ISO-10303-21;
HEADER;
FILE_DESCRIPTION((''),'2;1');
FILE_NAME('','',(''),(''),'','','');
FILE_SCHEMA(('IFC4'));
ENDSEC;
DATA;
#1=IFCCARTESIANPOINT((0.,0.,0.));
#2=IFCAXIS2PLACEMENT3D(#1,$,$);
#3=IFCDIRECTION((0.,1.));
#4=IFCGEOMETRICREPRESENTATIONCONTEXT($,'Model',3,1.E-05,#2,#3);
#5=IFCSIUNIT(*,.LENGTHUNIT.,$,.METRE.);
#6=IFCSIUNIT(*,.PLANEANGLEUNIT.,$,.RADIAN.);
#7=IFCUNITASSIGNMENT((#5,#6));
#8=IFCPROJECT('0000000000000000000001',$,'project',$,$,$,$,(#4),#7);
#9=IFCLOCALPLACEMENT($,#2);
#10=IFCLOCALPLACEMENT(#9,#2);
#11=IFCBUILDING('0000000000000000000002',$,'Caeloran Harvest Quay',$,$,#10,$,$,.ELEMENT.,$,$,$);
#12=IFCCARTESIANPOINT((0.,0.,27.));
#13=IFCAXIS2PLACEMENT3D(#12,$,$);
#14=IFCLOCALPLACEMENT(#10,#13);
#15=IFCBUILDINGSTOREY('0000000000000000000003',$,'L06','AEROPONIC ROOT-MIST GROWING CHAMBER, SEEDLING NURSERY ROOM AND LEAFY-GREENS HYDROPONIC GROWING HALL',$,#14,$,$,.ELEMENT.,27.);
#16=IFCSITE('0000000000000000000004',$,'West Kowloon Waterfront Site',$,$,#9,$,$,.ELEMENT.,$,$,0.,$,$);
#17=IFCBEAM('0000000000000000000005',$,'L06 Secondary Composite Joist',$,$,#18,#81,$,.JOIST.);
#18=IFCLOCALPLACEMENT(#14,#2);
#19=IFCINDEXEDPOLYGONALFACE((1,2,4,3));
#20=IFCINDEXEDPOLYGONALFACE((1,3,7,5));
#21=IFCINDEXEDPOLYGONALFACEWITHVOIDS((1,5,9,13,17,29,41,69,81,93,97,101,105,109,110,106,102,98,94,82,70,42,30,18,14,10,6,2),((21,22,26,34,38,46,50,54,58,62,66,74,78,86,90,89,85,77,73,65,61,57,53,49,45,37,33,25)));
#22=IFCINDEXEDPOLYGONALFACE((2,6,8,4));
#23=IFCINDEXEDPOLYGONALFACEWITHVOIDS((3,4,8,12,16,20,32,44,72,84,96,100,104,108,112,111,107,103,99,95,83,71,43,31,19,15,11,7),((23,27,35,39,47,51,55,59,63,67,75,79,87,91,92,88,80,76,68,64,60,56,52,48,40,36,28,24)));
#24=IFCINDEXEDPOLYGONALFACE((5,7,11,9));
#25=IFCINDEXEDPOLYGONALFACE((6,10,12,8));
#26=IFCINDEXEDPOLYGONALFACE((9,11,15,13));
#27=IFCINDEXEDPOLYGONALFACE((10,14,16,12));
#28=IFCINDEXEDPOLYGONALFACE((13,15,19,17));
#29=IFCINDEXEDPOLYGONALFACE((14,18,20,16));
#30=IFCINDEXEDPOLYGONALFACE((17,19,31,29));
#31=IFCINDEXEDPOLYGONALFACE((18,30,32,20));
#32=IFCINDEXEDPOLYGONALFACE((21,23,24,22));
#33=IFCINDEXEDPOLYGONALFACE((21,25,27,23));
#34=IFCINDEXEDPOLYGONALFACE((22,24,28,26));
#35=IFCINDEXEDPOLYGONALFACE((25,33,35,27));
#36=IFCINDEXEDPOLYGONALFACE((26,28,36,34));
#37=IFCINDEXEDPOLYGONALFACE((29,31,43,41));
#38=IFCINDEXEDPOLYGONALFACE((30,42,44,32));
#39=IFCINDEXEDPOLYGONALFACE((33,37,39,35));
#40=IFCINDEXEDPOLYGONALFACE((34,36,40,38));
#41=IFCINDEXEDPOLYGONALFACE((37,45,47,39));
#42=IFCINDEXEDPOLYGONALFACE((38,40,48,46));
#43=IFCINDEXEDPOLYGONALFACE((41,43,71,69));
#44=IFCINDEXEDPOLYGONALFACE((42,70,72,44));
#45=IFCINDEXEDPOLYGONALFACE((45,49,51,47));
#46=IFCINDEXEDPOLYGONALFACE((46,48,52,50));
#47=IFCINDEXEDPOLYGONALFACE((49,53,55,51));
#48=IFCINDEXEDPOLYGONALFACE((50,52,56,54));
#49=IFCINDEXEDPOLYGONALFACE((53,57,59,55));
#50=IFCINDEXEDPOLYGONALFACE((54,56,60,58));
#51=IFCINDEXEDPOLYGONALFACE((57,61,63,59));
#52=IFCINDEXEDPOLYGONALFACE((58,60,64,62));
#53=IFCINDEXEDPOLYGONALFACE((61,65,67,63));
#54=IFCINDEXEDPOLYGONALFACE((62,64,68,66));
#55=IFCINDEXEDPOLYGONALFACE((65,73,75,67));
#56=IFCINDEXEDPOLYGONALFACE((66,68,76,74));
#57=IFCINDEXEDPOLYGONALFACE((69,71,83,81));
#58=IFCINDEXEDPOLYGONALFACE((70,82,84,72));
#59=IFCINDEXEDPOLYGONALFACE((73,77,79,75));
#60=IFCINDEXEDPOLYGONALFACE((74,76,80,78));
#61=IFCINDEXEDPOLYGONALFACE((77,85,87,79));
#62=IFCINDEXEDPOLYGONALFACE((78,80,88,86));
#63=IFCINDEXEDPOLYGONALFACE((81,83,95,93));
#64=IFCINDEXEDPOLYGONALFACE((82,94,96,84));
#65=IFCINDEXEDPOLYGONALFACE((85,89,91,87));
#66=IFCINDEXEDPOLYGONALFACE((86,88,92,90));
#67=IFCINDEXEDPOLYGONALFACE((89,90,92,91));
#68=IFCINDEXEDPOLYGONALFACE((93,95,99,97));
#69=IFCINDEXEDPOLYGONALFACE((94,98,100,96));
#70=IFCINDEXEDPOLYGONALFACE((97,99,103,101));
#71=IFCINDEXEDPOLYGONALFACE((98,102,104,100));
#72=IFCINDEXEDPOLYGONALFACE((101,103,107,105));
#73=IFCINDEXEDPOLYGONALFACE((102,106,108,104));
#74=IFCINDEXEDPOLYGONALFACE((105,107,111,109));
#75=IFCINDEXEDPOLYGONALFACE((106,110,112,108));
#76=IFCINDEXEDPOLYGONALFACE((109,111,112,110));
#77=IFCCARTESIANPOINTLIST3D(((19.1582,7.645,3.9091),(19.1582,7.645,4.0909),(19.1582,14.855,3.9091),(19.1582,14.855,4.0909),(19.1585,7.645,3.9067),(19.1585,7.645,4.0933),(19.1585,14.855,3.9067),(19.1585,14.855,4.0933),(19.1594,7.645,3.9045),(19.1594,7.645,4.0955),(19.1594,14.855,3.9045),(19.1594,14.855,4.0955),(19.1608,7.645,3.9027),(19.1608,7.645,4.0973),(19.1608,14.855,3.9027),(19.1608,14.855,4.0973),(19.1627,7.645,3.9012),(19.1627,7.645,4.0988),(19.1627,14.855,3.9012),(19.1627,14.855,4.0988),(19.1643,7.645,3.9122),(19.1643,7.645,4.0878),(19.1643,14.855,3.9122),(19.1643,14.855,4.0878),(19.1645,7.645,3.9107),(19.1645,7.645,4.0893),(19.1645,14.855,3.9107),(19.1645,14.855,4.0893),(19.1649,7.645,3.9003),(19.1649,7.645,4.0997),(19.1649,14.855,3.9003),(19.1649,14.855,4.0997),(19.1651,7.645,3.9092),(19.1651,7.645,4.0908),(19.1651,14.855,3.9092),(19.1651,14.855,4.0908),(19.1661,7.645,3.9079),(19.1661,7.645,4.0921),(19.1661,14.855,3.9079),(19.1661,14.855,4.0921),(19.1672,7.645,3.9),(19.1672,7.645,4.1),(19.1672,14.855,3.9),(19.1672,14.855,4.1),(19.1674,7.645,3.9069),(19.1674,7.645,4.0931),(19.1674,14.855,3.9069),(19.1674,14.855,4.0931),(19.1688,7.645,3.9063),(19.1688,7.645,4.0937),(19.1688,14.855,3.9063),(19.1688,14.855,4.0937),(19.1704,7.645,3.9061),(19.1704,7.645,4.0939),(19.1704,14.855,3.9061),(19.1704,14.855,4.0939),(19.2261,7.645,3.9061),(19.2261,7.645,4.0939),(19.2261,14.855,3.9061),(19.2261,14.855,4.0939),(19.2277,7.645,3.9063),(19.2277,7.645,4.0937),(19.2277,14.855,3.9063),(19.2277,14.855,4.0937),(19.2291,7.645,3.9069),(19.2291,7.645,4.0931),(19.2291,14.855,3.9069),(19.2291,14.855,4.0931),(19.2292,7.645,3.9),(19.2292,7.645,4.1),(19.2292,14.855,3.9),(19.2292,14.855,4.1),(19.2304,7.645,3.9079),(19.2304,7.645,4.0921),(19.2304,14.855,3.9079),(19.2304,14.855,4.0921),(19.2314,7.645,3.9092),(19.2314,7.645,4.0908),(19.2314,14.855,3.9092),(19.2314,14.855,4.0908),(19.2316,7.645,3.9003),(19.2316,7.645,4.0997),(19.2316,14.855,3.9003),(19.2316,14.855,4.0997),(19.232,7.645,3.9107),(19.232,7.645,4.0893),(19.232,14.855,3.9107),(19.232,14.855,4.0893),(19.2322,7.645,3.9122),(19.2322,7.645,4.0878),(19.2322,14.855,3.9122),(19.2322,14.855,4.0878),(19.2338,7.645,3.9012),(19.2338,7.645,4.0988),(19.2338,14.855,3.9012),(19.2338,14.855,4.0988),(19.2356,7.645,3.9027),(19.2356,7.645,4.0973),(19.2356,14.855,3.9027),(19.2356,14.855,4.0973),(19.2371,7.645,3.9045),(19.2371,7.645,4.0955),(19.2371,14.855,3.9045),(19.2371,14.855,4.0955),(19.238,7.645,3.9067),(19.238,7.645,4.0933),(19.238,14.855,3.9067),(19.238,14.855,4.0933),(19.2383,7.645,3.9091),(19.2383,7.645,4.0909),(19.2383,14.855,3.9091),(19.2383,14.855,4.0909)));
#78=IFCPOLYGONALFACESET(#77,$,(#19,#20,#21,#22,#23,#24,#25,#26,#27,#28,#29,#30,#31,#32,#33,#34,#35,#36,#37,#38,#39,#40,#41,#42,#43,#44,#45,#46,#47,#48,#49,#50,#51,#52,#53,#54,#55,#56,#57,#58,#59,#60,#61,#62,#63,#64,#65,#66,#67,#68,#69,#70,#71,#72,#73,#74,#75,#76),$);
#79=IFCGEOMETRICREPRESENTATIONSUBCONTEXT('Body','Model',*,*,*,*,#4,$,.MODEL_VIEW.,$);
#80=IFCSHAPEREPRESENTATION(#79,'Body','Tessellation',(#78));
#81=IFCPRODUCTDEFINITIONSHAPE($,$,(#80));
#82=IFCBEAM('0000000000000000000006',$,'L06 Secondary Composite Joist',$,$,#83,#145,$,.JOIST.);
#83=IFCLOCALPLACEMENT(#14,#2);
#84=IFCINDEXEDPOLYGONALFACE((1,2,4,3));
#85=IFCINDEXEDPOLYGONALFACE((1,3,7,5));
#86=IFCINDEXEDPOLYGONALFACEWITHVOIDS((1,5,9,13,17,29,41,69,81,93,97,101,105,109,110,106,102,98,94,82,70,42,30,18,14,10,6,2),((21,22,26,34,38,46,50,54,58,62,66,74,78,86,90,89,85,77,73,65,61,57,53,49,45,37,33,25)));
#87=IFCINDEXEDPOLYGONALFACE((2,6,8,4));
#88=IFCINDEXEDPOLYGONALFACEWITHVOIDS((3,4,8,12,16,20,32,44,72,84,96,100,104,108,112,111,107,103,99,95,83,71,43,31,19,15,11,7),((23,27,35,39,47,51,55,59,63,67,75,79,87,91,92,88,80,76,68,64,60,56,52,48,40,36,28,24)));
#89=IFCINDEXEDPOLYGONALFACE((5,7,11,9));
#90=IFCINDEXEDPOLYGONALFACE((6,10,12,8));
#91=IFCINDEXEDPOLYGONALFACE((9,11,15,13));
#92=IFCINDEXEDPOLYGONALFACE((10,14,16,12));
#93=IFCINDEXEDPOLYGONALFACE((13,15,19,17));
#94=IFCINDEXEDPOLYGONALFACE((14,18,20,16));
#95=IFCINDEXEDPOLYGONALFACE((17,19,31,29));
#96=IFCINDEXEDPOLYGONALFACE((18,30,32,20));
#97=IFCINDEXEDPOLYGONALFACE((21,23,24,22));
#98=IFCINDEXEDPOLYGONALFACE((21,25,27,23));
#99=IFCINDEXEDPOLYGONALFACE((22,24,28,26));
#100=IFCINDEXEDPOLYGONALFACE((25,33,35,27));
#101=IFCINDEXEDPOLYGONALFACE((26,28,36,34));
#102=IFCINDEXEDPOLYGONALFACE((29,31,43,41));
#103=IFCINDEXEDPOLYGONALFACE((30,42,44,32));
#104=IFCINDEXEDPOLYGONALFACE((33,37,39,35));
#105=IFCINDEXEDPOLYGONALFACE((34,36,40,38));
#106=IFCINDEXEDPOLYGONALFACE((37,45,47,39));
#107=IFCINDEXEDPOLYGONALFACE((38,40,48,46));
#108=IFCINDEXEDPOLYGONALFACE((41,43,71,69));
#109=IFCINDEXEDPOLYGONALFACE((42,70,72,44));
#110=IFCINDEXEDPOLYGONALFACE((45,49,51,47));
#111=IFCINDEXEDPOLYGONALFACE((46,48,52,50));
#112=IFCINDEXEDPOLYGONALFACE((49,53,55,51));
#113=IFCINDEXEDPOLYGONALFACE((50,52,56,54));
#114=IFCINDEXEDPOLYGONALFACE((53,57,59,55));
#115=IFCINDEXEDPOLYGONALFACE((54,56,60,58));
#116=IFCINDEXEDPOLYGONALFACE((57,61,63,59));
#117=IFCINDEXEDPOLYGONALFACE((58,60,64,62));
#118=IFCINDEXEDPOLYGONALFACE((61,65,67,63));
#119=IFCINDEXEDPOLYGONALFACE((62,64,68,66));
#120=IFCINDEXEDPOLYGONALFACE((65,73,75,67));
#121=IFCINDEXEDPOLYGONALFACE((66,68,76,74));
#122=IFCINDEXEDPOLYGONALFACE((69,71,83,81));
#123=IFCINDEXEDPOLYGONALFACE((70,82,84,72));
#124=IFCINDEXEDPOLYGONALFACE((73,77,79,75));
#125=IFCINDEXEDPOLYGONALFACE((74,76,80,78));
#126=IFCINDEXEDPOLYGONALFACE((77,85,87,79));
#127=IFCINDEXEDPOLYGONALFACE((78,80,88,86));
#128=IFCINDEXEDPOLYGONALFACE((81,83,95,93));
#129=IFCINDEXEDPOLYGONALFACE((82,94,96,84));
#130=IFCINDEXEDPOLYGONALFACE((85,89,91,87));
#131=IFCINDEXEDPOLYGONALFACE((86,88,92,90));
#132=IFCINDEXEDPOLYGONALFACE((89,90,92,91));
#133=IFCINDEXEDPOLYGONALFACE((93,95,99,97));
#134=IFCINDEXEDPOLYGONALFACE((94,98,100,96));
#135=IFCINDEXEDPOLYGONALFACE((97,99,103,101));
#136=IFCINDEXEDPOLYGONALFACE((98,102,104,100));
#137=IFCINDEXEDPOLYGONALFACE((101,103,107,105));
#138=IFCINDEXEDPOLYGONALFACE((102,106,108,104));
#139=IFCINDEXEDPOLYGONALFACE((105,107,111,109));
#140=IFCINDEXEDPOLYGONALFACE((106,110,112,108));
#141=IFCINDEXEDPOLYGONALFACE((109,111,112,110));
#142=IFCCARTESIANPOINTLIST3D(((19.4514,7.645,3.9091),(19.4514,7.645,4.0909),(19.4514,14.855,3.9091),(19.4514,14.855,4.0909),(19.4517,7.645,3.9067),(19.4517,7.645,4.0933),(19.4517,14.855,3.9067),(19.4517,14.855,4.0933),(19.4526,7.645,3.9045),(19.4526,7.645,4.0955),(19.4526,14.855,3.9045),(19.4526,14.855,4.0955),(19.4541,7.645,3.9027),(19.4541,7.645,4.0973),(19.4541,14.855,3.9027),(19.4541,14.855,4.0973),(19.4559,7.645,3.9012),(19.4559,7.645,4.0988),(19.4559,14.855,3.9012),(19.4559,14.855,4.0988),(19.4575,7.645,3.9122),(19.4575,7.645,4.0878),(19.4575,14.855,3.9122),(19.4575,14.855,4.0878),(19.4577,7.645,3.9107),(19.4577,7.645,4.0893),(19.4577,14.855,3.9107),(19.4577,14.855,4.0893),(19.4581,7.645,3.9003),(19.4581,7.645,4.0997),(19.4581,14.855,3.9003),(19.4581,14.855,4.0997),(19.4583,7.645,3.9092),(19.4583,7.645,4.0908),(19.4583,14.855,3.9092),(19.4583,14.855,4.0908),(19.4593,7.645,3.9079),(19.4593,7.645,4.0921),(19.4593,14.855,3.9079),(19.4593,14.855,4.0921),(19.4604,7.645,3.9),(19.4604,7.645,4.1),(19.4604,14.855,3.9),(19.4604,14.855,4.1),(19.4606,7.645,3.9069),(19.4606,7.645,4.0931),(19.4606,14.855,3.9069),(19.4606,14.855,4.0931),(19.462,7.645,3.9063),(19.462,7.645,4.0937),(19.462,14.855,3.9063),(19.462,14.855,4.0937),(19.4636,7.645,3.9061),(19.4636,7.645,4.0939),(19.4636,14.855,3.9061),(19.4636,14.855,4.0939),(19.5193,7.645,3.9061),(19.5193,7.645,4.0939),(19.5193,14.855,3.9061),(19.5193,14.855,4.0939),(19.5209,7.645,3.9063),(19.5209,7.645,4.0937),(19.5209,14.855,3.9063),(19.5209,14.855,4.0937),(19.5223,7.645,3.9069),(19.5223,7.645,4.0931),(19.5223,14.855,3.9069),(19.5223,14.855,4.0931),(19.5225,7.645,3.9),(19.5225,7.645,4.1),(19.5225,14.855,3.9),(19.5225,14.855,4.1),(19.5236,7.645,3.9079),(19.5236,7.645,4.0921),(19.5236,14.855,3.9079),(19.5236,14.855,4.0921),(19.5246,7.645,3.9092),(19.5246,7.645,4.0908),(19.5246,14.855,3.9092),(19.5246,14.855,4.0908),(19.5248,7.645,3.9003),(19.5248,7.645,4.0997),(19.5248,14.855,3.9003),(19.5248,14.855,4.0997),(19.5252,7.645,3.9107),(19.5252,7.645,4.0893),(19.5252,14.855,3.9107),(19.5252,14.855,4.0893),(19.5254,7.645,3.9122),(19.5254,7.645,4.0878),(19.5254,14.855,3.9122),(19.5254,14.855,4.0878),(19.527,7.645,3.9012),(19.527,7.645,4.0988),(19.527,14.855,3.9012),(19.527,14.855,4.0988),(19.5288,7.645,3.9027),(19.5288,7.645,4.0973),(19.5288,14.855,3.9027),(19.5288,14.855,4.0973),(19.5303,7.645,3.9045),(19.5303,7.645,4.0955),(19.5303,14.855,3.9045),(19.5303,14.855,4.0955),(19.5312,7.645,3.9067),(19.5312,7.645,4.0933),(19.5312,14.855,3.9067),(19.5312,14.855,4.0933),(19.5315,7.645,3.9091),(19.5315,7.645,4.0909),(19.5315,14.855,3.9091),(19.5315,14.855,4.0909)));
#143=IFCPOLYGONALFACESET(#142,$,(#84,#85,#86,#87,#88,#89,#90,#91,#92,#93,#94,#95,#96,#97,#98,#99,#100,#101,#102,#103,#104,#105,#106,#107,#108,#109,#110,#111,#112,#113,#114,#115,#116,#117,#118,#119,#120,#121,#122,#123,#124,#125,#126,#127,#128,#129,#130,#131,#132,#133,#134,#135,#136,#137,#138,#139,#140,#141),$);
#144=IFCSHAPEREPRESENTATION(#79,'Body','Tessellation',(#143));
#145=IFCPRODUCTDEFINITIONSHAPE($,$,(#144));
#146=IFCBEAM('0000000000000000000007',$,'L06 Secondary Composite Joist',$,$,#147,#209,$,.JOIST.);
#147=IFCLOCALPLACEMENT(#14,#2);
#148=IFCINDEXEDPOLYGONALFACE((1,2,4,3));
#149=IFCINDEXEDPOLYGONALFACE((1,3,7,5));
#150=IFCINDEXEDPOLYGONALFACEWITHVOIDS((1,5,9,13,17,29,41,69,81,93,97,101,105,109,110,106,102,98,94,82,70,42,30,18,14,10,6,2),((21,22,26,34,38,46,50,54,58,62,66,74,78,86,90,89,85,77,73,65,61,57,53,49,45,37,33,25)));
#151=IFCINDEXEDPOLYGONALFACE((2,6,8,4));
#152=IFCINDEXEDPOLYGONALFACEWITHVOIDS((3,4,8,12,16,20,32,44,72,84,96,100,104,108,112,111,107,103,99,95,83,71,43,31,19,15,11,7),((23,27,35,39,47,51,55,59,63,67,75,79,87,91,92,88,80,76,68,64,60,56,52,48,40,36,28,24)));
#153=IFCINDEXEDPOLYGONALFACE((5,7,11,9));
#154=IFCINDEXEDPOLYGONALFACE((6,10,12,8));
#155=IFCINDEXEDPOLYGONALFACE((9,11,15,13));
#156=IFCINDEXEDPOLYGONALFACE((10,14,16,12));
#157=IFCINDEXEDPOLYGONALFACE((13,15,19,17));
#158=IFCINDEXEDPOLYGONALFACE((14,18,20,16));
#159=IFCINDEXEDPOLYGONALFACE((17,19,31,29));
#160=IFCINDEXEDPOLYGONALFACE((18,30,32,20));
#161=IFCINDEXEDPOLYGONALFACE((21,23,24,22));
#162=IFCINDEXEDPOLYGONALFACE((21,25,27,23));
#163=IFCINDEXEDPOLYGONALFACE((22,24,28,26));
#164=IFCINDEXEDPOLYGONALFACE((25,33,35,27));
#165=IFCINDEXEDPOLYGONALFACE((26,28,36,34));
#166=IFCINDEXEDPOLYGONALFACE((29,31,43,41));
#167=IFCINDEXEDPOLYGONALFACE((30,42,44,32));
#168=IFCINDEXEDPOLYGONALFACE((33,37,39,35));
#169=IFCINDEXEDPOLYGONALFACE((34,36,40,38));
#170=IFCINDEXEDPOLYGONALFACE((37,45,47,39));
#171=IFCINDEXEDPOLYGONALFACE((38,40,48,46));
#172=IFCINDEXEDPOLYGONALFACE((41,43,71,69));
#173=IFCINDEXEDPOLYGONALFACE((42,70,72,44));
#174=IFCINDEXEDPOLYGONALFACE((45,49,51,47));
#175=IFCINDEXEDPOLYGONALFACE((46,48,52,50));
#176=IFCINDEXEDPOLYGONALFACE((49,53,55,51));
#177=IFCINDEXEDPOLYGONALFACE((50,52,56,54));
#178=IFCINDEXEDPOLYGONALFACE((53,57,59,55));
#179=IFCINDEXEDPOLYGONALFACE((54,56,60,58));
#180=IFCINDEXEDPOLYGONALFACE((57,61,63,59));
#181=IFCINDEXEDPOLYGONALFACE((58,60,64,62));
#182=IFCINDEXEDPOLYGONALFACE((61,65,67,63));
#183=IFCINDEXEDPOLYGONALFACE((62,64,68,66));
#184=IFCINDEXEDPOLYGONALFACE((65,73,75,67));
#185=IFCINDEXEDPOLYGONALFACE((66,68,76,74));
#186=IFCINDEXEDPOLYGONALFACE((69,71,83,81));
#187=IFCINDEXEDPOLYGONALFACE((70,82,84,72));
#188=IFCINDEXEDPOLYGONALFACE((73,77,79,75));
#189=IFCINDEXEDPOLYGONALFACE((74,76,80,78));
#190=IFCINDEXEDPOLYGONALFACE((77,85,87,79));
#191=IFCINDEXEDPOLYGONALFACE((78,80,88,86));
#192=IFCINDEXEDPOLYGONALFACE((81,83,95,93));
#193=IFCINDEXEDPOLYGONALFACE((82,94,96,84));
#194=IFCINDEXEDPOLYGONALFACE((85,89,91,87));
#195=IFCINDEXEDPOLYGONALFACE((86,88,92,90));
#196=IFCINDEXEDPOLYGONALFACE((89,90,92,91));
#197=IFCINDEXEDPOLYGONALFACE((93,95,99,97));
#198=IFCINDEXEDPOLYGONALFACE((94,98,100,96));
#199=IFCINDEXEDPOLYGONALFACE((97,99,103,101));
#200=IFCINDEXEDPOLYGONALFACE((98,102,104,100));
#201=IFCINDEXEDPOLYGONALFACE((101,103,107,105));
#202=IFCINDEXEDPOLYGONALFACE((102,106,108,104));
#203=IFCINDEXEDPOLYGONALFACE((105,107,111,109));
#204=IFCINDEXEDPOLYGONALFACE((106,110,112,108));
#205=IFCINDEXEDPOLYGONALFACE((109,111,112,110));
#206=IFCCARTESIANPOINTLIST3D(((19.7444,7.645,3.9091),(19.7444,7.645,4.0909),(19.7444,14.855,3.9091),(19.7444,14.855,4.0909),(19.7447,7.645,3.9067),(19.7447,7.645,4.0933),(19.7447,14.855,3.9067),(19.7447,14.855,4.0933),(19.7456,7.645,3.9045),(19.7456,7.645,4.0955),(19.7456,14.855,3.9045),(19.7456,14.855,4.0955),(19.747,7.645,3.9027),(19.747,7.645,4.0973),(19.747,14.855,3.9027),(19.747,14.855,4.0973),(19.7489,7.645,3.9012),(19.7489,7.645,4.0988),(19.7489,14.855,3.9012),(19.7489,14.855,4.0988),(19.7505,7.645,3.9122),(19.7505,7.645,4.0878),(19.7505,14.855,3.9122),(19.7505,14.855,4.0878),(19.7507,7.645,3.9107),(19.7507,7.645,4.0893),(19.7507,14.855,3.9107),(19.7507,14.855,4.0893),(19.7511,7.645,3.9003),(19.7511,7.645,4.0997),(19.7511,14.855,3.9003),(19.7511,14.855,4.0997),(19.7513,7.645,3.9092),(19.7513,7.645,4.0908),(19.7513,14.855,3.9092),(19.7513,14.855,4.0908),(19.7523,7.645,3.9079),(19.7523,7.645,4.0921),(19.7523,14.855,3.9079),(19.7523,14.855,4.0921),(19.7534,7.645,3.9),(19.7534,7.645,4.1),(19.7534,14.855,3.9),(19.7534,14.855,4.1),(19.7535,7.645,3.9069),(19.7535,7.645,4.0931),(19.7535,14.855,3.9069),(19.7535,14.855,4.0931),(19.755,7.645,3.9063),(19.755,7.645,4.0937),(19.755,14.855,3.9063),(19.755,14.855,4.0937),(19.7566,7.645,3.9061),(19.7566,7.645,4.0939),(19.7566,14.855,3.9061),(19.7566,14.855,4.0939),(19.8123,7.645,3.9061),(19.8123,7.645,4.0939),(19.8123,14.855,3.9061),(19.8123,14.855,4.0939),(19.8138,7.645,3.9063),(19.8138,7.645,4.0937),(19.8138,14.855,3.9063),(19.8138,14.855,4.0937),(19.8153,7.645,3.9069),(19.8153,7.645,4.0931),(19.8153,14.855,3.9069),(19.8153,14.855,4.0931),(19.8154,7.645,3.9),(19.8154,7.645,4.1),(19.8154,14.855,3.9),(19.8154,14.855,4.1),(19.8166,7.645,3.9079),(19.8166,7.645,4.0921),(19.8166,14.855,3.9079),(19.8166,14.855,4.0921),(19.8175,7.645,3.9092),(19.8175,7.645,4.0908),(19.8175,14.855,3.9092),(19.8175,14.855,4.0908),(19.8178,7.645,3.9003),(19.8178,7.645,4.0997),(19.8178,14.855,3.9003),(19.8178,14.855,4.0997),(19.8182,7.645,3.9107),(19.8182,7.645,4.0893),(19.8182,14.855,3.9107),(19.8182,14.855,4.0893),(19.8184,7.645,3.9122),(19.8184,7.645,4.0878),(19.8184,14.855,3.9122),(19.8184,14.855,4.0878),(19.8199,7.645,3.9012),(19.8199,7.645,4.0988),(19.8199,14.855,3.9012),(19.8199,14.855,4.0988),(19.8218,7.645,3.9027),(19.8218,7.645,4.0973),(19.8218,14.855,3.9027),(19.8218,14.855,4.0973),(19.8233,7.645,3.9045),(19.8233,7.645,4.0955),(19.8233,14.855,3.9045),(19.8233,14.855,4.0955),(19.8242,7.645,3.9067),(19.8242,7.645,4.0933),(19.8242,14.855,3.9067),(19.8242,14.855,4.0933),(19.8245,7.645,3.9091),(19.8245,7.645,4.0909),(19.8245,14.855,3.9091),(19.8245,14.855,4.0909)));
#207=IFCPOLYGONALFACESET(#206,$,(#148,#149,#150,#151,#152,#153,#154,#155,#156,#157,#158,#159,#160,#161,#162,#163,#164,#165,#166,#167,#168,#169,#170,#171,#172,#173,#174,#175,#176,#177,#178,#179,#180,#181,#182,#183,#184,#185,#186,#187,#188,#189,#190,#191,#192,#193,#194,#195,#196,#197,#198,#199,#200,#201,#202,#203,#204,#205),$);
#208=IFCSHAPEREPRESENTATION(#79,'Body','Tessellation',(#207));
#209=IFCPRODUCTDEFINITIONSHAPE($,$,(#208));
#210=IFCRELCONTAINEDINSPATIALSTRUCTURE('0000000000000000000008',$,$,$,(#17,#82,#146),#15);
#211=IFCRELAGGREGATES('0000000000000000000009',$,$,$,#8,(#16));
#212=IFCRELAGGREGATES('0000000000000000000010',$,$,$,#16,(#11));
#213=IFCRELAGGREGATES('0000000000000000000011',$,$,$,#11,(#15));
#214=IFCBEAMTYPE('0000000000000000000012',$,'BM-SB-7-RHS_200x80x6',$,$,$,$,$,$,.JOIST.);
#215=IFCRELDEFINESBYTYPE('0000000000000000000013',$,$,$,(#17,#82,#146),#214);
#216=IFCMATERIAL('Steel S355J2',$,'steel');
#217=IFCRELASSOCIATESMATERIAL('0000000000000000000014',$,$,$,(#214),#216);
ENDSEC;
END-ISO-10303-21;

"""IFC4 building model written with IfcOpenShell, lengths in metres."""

from ifc_helpers import new_model, si_unit, direction, frame, origin, origin_2d, place, context, subcontext, project, spatial, hollow_rectangle, extrude, material, material_profile, profile_set, type_object, element, save


model = new_model("IFC4")

# Units and contexts
model_context = context("Model", 3, precision=1e-05, world=origin(), true_north=direction((0.0, 1.0)))
body_context = subcontext(model_context, "Body", "Model", "MODEL_VIEW")
ifc_project = project(units=[si_unit("LENGTHUNIT", "METRE"), si_unit("PLANEANGLEUNIT", "RADIAN")], contexts=[model_context])

# Site, building, storey
site_placement = place(None, origin())
site = spatial("IfcSite", under=ifc_project, at=site_placement, Name="West Kowloon Waterfront Site", CompositionType="ELEMENT", RefElevation=0.0)
building_placement = place(site_placement, origin())
building = spatial("IfcBuilding", under=site, at=building_placement, Name="Caeloran Harvest Quay", CompositionType="ELEMENT")
storey_placement = place(building_placement, frame((0.0, 0.0, 27.0)))
storey = spatial("IfcBuildingStorey", under=building, at=storey_placement, Name="L06", Description="AEROPONIC ROOT-MIST GROWING CHAMBER, SEEDLING NURSERY ROOM AND LEAFY-GREENS HYDROPONIC GROWING HALL", CompositionType="ELEMENT", Elevation=27.0)

# Beams
ifc_material_1 = material(Name="Steel S355J2", Category="steel")
ifc_material_profile_1 = material_profile(ifc_material_1, hollow_rectangle(XDim=0.0801, YDim=0.2, WallThickness=0.0061, InnerFilletRadius=0.0061, OuterFilletRadius=0.009, at=origin_2d()), Name="RHS 200x80x6")
ifc_profile_set_1 = profile_set([ifc_material_profile_1], Name="Steel S355J2")
beam_type_1 = type_object("IfcBeamType", Name="BM-SB-7-RHS_200x80x6", PredefinedType="JOIST", material=ifc_profile_set_1)
for number, where, z_axis, x_axis, name in (
    (1, (19.1982, 7.645, 4.0), (0.0, 1.0, 0.0), (-1.0, 0.0, 0.0), "L06 Secondary Composite Joist"),
    (2, (19.4915, 7.645, 4.0), (0.0, 1.0, 0.0), (-1.0, 0.0, 0.0), "L06 Secondary Composite Joist"),
    (3, (19.7844, 7.645, 4.0), (0.0, 1.0, 0.0), (-1.0, 0.0, 0.0), "L06 Secondary Composite Joist"),
):
    element("IfcBeam", number, at=place(storey_placement, frame(where, z_axis=z_axis, x_axis=x_axis)), inside=storey, type_object=beam_type_1, Name=name, PredefinedType="JOIST", context=body_context, shape_type="SweptSolid", body=[
        extrude(hollow_rectangle(XDim=0.0801, YDim=0.2, WallThickness=0.0061, InnerFilletRadius=0.0061, OuterFilletRadius=0.009, at=origin_2d()), origin(), (0.0, 0.0, 1.0), 7.21),
    ])

save(model, "model.ifc")
